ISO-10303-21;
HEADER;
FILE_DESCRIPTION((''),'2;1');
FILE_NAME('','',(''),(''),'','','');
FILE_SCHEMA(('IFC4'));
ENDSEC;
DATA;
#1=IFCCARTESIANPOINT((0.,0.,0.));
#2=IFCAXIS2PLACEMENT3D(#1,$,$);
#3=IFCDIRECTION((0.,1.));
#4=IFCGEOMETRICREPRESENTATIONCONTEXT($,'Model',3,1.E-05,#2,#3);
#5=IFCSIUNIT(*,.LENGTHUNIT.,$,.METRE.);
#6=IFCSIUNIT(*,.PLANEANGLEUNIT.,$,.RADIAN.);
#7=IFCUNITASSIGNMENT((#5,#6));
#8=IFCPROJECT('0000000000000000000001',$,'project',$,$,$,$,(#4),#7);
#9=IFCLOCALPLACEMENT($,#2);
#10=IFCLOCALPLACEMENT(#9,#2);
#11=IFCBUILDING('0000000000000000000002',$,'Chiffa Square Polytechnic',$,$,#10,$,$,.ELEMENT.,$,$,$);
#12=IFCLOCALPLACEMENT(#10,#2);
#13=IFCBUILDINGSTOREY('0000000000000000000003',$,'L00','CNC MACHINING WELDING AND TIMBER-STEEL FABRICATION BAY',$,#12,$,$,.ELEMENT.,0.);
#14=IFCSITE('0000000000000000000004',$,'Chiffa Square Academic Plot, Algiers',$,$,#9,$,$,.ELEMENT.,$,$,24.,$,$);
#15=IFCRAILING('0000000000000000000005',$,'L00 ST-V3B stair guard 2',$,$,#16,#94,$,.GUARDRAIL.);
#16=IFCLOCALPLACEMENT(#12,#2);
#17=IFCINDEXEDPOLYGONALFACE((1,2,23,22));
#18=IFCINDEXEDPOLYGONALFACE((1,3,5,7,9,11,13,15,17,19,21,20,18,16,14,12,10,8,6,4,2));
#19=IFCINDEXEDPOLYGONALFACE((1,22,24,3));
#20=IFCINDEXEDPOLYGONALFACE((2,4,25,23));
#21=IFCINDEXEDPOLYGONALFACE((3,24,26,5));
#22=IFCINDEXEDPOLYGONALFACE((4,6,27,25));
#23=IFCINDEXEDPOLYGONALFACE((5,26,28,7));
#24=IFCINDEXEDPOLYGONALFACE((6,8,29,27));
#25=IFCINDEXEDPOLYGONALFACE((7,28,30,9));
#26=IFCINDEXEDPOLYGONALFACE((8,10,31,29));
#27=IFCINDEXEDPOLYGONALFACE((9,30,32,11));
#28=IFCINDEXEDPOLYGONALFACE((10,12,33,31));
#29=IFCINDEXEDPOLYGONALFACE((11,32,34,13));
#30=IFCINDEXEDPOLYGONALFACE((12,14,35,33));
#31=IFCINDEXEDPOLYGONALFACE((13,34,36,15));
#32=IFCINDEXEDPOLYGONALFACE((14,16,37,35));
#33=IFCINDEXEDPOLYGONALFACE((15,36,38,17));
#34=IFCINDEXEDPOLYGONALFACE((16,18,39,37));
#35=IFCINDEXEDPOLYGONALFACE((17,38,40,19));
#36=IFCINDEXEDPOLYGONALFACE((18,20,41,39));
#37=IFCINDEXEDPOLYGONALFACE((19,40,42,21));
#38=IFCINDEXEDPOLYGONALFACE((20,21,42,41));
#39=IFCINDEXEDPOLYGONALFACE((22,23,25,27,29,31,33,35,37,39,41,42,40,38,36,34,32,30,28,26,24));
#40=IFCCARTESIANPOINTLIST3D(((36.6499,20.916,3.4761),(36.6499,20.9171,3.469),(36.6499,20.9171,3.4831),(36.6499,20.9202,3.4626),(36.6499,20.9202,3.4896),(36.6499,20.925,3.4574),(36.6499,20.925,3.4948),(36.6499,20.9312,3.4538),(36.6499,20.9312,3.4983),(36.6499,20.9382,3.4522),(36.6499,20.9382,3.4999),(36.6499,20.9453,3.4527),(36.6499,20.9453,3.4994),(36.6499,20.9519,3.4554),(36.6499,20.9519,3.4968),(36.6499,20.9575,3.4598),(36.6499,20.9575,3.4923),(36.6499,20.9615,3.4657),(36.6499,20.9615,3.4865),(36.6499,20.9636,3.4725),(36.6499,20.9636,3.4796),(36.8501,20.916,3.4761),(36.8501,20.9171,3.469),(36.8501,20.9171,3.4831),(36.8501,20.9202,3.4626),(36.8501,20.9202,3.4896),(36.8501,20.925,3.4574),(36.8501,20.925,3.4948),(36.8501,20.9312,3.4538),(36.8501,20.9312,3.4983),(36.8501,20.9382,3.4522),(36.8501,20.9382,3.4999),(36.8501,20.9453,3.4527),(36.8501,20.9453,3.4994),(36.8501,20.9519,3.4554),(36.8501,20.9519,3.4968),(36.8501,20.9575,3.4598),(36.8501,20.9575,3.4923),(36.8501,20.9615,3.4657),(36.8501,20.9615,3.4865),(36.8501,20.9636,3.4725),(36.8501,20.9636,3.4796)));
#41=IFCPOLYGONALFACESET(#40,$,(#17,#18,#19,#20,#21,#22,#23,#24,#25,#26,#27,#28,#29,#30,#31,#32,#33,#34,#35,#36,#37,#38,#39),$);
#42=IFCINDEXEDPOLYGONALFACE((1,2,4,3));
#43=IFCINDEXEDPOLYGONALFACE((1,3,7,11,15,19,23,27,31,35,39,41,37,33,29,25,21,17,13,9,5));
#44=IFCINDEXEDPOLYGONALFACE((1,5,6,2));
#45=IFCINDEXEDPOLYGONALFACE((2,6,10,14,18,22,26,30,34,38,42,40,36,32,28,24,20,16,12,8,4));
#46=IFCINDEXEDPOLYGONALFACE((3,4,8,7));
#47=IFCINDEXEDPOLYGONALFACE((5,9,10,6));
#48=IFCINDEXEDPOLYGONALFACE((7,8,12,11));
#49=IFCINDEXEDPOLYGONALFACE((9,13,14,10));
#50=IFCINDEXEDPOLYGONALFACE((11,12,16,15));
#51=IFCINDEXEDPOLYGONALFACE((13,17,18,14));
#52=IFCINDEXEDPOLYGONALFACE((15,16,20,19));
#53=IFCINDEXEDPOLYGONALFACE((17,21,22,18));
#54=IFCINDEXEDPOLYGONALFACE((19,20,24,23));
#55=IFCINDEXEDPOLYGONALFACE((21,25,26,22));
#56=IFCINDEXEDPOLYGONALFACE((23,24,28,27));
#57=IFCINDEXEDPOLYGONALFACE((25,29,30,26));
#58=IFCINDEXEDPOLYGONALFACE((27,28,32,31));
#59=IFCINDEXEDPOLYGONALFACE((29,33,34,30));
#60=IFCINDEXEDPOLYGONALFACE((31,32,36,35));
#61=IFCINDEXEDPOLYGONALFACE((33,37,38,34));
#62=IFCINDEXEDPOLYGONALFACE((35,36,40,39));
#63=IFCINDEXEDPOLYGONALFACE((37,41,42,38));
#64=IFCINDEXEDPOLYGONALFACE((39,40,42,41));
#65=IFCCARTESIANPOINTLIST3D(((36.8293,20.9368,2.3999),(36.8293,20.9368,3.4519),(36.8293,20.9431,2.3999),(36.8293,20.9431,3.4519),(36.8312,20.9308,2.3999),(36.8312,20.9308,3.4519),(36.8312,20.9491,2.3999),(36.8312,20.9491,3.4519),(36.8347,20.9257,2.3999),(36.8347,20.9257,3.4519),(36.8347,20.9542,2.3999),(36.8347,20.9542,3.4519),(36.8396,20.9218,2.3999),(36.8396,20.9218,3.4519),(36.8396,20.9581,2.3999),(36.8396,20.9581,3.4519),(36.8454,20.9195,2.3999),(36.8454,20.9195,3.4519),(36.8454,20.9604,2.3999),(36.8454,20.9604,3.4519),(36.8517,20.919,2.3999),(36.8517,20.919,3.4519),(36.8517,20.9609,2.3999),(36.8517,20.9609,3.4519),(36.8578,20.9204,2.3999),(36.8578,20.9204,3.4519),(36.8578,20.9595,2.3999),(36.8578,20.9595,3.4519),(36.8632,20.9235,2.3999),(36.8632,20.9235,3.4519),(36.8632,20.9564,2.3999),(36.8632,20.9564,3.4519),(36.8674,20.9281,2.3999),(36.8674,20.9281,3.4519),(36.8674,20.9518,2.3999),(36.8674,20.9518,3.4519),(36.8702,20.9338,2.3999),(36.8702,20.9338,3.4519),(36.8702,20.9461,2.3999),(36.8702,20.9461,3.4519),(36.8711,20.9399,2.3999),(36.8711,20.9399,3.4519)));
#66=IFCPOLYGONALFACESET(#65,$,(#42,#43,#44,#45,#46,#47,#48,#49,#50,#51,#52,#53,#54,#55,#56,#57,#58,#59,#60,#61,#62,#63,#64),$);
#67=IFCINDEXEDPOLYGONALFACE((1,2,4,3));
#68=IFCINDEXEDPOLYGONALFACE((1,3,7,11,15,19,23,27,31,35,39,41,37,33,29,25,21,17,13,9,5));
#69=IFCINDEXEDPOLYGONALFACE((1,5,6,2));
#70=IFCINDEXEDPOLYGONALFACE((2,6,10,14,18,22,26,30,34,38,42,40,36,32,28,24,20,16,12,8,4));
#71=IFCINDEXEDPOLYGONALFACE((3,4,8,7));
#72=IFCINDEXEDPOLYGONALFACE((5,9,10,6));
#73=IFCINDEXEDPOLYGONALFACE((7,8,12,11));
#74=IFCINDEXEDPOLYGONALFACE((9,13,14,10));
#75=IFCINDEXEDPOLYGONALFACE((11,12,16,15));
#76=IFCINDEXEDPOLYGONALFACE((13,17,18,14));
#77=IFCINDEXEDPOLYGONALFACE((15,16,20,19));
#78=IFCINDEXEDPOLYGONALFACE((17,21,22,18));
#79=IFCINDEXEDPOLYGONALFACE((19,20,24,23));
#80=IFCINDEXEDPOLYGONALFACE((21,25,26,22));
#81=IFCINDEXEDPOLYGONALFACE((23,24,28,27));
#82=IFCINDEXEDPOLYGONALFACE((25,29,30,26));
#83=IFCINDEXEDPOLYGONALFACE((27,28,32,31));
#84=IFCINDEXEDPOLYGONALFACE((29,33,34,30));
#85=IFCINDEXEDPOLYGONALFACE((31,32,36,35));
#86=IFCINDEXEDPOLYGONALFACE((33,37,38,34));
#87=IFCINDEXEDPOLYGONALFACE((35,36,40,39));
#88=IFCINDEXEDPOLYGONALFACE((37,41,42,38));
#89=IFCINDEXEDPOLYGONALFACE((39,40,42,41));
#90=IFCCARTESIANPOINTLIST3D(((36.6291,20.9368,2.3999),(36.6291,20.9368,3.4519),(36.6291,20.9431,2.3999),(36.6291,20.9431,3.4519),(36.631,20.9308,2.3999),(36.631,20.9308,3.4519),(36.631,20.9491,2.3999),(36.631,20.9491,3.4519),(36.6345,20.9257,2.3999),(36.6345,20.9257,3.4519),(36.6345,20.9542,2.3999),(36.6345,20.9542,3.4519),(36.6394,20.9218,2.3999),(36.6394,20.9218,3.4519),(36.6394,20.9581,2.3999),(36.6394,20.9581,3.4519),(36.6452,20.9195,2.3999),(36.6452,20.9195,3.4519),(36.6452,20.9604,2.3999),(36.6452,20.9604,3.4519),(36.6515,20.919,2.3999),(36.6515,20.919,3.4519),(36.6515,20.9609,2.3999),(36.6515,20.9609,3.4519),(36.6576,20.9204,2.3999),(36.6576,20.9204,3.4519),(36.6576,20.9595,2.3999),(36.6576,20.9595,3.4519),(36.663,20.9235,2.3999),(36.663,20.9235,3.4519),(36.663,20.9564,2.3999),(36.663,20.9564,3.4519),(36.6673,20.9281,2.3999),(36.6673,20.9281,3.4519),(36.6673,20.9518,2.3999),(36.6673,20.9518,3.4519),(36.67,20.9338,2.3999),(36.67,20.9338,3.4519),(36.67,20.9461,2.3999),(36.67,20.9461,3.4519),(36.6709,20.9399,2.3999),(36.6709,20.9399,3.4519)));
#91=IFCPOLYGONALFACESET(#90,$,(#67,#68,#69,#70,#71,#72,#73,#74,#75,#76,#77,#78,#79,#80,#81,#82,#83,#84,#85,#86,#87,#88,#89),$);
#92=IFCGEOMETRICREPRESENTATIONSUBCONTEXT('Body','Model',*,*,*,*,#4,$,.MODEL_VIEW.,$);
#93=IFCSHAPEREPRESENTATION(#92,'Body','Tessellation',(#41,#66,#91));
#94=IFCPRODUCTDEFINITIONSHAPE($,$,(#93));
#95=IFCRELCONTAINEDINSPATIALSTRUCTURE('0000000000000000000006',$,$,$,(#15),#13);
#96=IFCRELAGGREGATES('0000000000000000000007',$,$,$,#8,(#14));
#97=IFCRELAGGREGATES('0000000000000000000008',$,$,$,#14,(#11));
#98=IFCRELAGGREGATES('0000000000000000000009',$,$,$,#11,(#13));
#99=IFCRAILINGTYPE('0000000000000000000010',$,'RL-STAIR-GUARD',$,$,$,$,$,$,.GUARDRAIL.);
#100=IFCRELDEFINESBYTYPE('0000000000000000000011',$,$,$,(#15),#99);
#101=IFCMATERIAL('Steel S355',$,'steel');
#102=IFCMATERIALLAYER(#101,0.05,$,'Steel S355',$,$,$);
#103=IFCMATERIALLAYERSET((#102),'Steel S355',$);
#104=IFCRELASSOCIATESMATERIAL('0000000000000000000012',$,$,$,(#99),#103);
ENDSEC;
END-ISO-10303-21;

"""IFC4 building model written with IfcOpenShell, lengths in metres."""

from ifc_helpers import new_model, si_unit, direction, frame, origin, origin_2d, place, context, subcontext, project, spatial, circle, extrude, material, layer, layer_set, type_object, element, save


model = new_model("IFC4")

# Units and contexts
model_context = context("Model", 3, precision=1e-05, world=origin(), true_north=direction((0.0, 1.0)))
body_context = subcontext(model_context, "Body", "Model", "MODEL_VIEW")
ifc_project = project(units=[si_unit("LENGTHUNIT", "METRE"), si_unit("PLANEANGLEUNIT", "RADIAN")], contexts=[model_context])

# Site, building, storey
site_placement = place(None, origin())
site = spatial("IfcSite", under=ifc_project, at=site_placement, Name="Chiffa Square Academic Plot, Algiers", CompositionType="ELEMENT", RefElevation=24.0)
building_placement = place(site_placement, origin())
building = spatial("IfcBuilding", under=site, at=building_placement, Name="Chiffa Square Polytechnic", CompositionType="ELEMENT")
storey_placement = place(building_placement, origin())
storey = spatial("IfcBuildingStorey", under=building, at=storey_placement, Name="L00", Description="CNC MACHINING WELDING AND TIMBER-STEEL FABRICATION BAY", CompositionType="ELEMENT", Elevation=0.0)

# Railing
ifc_material_1 = material(Name="Steel S355", Category="steel")
ifc_layer_1 = layer(ifc_material_1, 0.05, Name="Steel S355")
ifc_layer_set_1 = layer_set([ifc_layer_1], Name="Steel S355")
railing_type_1 = type_object("IfcRailingType", Name="RL-STAIR-GUARD", PredefinedType="GUARDRAIL", material=ifc_layer_set_1)
railing_1_placement = place(storey_placement, frame((36.8501, 20.9399, 2.3999)))
element("IfcRailing", 1, at=railing_1_placement, inside=storey, type_object=railing_type_1, Name="L00 ST-V3B stair guard 2", PredefinedType="GUARDRAIL", context=body_context, shape_type="SweptSolid", body=[
    extrude(circle(Radius=0.0239, at=origin_2d()), frame((0.0, 0.0, 1.0762), z_axis=(-1.0, 0.0, 0.0), x_axis=(0.0, -1.0, 0.0)), (0.0, 0.0, 1.0), 0.2002),
    extrude(circle(Radius=0.021, at=origin_2d()), origin(), (0.0, 0.0, 1.0), 1.052),
    extrude(circle(Radius=0.021, at=origin_2d()), frame((-0.2002, 0.0, 0.0)), (0.0, 0.0, 1.0), 1.052),
])

save(model, "model.ifc")
